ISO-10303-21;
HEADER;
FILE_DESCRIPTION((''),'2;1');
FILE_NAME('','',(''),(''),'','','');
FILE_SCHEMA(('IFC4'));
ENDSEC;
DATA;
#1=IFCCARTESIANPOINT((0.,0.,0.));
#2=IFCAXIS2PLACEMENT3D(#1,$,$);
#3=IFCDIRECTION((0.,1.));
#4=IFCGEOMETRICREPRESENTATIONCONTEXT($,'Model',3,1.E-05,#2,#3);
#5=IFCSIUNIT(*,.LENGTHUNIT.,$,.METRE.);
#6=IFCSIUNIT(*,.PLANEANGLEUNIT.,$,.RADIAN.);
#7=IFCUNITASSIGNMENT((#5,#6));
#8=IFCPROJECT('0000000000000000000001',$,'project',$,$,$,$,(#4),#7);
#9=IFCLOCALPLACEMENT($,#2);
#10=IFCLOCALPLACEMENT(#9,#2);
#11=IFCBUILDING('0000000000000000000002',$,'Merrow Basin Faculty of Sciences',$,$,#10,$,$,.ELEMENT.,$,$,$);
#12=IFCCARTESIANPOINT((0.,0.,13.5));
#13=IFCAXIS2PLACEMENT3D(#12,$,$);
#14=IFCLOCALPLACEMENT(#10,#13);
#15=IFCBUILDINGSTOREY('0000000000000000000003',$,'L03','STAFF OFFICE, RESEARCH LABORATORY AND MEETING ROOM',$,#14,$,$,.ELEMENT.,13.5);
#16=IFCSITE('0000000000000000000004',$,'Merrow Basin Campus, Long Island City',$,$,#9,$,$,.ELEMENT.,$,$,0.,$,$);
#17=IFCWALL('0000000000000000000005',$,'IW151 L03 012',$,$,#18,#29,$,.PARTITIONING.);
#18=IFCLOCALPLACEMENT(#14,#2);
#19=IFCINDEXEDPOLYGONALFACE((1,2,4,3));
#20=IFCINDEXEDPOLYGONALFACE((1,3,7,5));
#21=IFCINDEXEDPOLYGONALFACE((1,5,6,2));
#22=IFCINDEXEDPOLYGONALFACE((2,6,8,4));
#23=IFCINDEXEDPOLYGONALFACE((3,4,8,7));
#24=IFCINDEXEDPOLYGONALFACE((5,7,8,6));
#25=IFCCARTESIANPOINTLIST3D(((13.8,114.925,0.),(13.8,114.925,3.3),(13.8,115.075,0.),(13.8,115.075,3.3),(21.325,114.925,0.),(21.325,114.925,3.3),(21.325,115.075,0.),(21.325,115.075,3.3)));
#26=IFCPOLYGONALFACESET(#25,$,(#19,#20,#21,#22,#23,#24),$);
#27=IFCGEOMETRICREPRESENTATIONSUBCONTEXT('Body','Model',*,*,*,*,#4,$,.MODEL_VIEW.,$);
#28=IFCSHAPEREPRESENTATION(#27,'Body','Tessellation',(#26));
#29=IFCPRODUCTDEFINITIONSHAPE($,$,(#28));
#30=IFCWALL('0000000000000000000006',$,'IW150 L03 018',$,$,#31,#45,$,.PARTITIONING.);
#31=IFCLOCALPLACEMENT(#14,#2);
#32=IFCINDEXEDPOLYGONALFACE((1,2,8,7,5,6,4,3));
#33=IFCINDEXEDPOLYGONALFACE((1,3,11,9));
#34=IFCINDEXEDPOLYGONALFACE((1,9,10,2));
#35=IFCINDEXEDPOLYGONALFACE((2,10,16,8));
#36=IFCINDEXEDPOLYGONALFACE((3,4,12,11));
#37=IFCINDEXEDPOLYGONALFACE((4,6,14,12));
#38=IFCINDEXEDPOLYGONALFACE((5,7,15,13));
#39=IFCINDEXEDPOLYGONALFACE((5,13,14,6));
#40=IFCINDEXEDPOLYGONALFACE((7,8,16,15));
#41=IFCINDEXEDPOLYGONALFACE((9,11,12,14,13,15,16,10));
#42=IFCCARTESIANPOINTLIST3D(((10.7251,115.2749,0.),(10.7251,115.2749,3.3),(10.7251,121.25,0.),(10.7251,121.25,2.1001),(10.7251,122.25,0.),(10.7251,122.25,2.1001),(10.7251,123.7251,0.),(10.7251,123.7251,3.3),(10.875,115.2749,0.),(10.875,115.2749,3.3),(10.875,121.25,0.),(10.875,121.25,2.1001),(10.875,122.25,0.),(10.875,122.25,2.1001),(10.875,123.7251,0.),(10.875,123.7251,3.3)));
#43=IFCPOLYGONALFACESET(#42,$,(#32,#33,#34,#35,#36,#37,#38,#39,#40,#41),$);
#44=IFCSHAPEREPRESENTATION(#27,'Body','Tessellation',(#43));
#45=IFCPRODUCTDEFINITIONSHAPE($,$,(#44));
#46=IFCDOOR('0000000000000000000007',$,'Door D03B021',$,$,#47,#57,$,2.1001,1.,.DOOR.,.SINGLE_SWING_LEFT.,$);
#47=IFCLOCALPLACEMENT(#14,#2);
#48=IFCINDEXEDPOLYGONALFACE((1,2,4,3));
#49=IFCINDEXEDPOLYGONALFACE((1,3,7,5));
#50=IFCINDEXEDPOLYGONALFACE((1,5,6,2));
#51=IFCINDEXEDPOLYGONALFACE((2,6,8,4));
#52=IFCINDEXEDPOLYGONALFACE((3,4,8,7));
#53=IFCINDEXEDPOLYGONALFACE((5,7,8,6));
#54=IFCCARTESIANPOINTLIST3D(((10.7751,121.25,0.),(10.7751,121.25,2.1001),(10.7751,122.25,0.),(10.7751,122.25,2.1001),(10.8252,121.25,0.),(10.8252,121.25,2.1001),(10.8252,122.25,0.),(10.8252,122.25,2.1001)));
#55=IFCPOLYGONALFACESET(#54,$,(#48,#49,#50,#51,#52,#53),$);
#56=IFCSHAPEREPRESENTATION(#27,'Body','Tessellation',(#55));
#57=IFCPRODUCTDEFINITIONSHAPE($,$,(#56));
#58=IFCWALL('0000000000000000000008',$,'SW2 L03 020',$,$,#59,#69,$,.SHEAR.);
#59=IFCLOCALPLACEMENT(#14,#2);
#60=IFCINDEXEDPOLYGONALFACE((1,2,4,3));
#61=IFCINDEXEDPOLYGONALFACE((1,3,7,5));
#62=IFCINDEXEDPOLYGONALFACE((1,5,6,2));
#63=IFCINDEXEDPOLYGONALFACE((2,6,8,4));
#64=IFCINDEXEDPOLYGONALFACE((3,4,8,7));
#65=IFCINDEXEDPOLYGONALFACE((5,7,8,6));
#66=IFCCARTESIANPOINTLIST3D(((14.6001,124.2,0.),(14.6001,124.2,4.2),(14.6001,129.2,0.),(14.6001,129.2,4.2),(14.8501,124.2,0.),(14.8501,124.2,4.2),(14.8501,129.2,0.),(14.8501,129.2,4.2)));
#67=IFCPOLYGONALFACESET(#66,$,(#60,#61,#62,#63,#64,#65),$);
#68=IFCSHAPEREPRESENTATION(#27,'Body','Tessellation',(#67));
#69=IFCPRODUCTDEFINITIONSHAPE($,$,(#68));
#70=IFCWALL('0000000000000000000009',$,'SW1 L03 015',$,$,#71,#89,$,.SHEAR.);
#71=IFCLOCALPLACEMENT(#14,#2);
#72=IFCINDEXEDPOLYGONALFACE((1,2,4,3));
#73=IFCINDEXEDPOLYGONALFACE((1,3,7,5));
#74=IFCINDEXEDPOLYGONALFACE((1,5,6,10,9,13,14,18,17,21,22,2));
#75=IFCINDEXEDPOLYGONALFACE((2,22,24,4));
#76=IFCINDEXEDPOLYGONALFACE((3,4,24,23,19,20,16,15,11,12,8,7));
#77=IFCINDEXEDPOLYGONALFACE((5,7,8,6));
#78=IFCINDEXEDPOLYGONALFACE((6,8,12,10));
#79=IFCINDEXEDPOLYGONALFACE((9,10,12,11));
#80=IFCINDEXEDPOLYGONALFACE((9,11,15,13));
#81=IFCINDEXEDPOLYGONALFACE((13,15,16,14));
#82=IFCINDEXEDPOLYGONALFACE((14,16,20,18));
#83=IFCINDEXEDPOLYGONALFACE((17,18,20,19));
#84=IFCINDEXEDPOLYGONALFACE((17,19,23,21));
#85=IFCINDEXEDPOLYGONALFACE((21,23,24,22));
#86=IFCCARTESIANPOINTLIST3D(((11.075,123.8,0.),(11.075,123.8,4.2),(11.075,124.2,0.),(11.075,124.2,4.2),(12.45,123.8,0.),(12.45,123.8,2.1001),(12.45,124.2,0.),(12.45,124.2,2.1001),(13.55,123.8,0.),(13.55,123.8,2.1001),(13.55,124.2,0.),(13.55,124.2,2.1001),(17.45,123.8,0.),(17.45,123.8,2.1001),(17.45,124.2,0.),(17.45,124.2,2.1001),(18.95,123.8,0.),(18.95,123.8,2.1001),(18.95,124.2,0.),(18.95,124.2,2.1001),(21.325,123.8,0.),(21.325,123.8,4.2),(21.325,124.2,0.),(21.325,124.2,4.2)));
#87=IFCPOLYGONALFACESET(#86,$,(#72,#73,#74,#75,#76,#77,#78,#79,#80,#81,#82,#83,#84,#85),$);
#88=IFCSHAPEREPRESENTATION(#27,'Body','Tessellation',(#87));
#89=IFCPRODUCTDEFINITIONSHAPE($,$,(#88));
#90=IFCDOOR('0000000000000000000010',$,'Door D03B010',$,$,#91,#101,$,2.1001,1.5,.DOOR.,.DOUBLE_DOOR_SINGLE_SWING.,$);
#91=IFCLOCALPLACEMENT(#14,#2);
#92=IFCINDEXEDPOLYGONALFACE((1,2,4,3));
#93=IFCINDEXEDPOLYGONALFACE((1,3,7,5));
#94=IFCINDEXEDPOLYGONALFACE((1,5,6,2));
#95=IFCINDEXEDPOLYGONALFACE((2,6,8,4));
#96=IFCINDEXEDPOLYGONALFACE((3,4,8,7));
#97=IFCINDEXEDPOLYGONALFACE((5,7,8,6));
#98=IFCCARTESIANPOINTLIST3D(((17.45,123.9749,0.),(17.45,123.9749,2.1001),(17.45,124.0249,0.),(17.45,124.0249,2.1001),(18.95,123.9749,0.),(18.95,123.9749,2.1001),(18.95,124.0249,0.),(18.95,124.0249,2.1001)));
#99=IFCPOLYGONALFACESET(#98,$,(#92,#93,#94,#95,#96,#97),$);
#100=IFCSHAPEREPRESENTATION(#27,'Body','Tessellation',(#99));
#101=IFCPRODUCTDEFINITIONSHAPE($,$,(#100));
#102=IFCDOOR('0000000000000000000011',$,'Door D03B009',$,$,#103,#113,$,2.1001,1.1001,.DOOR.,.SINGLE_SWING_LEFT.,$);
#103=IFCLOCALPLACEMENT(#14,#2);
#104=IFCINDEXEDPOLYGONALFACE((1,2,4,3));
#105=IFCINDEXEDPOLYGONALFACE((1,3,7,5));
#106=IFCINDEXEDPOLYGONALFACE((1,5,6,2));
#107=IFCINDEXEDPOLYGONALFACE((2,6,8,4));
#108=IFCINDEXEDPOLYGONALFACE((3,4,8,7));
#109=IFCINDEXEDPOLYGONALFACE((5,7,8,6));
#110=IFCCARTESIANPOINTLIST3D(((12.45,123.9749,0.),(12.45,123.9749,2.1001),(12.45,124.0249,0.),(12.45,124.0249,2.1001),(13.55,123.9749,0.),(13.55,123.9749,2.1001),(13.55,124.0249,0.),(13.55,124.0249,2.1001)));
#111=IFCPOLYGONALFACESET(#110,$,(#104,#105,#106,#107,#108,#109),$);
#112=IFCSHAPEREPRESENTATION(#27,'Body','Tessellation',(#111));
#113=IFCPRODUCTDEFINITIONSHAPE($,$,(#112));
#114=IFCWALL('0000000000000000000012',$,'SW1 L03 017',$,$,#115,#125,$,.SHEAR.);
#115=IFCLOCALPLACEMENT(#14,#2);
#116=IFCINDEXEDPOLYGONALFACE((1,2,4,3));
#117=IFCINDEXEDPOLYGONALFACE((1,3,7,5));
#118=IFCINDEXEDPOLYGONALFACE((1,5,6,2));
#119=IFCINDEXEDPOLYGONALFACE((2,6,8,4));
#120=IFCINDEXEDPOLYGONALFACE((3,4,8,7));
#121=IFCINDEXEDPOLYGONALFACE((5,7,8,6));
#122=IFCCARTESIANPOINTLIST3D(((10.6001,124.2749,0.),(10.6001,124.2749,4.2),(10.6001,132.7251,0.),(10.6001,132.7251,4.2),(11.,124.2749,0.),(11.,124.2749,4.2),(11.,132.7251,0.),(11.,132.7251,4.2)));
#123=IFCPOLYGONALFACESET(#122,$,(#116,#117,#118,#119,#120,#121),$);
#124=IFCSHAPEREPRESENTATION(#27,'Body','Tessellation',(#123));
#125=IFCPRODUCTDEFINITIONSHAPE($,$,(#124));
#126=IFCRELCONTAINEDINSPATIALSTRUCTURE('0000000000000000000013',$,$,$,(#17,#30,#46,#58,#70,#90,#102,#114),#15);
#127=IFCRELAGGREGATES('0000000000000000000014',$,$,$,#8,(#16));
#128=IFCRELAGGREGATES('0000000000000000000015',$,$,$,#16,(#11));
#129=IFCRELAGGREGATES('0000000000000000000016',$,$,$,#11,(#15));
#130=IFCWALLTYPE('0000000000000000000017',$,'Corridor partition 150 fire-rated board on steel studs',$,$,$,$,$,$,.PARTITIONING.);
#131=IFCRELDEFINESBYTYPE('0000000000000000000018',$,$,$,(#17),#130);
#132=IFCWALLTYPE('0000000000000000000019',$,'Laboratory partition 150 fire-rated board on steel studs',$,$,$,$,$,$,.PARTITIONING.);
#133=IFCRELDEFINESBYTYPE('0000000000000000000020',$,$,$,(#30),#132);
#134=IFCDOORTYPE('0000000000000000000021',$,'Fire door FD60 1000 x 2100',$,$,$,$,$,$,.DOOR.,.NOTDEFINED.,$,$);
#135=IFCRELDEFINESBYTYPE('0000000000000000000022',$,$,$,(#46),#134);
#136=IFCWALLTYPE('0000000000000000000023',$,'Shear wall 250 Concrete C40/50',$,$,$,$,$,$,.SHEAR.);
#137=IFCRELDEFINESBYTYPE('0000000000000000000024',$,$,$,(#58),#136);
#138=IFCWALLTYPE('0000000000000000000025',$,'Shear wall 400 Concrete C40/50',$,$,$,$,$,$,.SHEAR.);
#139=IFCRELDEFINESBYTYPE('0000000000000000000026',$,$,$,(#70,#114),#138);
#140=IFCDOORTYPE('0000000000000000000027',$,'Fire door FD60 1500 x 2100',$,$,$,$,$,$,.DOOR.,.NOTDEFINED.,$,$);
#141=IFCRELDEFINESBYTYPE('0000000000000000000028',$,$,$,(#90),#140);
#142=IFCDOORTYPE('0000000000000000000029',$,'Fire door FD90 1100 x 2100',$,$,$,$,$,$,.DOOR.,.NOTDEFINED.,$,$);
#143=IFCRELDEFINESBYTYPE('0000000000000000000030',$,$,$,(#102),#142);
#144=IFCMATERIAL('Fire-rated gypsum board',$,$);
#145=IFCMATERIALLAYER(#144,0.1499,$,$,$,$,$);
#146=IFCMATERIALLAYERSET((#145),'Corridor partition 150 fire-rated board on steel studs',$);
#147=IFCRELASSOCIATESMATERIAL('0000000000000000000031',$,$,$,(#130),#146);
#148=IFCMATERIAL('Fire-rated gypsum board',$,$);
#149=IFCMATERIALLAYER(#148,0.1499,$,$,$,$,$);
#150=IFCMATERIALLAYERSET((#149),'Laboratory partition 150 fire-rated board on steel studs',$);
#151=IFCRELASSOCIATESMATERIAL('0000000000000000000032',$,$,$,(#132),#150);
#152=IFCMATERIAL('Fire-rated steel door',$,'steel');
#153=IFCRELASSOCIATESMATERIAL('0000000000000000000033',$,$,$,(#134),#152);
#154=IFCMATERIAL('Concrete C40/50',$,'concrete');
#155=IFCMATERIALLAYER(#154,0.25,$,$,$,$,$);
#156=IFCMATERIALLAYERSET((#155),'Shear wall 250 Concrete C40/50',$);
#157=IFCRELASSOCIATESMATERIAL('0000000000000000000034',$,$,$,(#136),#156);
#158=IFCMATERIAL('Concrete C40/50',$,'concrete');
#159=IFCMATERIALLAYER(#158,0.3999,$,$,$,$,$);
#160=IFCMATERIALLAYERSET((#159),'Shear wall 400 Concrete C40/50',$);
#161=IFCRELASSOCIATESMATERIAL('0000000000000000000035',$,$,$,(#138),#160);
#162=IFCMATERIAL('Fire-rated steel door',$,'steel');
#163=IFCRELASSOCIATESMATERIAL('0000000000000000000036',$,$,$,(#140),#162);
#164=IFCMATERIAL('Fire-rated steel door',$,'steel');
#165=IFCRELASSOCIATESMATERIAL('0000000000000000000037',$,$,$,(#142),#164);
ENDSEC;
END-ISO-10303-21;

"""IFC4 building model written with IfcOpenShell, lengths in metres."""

from ifc_helpers import new_model, si_unit, direction, frame, frame_2d, origin, place, context, subcontext, project, spatial, rectangle, extrude, material, layer, layer_set, type_object, element, fill, save


model = new_model("IFC4")

# Units and contexts
model_context = context("Model", 3, precision=1e-05, world=origin(), true_north=direction((0.0, 1.0)))
body_context = subcontext(model_context, "Body", "Model", "MODEL_VIEW")
ifc_project = project(units=[si_unit("LENGTHUNIT", "METRE"), si_unit("PLANEANGLEUNIT", "RADIAN")], contexts=[model_context])

# Site, building, storey
site_placement = place(None, origin())
site = spatial("IfcSite", under=ifc_project, at=site_placement, Name="Merrow Basin Campus, Long Island City", CompositionType="ELEMENT", RefElevation=0.0)
building_placement = place(site_placement, origin())
building = spatial("IfcBuilding", under=site, at=building_placement, Name="Merrow Basin Faculty of Sciences", CompositionType="ELEMENT")
storey_placement = place(building_placement, frame((0.0, 0.0, 13.5)))
storey = spatial("IfcBuildingStorey", under=building, at=storey_placement, Name="L03", Description="STAFF OFFICE, RESEARCH LABORATORY AND MEETING ROOM", CompositionType="ELEMENT", Elevation=13.5)

# Wall
ifc_material_1 = material(Name="Fire-rated gypsum board")
ifc_layer_1 = layer(ifc_material_1, 0.1499)
ifc_layer_set_1 = layer_set([ifc_layer_1], Name="Corridor partition 150 fire-rated board on steel studs")
wall_type_1 = type_object("IfcWallType", Name="Corridor partition 150 fire-rated board on steel studs", PredefinedType="PARTITIONING", material=ifc_layer_set_1)
wall_1_placement = place(storey_placement, frame((13.8, 115.0, 0.0), z_axis=(0.0, 0.0, 1.0), x_axis=(1.0, 0.0, 0.0)))
element("IfcWall", 1, at=wall_1_placement, inside=storey, type_object=wall_type_1, Name="IW151 L03 012", PredefinedType="PARTITIONING", context=body_context, shape_type="SweptSolid", body=[
    extrude(rectangle(XDim=7.5249, YDim=0.1499, at=frame_2d((3.7625, 0.0))), origin(), (0.0, 0.0, 1.0), 3.3),
])

# Wall, opening, door
ifc_material_2 = material(Name="Fire-rated gypsum board")
ifc_layer_2 = layer(ifc_material_2, 0.1499)
ifc_layer_set_2 = layer_set([ifc_layer_2], Name="Laboratory partition 150 fire-rated board on steel studs")
wall_type_2 = type_object("IfcWallType", Name="Laboratory partition 150 fire-rated board on steel studs", PredefinedType="PARTITIONING", material=ifc_layer_set_2)
wall_2_placement = place(storey_placement, frame((10.8, 115.2749, 0.0), z_axis=(0.0, 0.0, 1.0), x_axis=(0.0, 1.0, 0.0)))
wall_2 = element("IfcWall", 2, at=wall_2_placement, inside=storey, type_object=wall_type_2, Name="IW150 L03 018", PredefinedType="PARTITIONING", context=body_context, shape_type="SweptSolid", body=[
    extrude(rectangle(XDim=8.4502, YDim=0.1499, at=frame_2d((4.2251, 0.0))), origin(), (0.0, 0.0, 1.0), 3.3),
])
opening_1_placement = place(wall_2_placement, frame((5.9751, 0.0, 0.0)))
opening_1 = element("IfcOpeningElement", 3, at=opening_1_placement, cuts=wall_2, PredefinedType="OPENING", context=body_context, shape_type="SweptSolid", body=[
    extrude(rectangle(XDim=1.0, YDim=2.1001, at=frame_2d((0.5, 1.05))), frame((0.0, 0.085, 0.0), z_axis=(0.0, -1.0, 0.0), x_axis=(1.0, 0.0, 0.0)), (0.0, 0.0, 1.0), 0.1699),
])
ifc_material_3 = material(Name="Fire-rated steel door", Category="steel")
door_type_1 = type_object("IfcDoorType", Name="Fire door FD60 1000 x 2100", OperationType="NOTDEFINED", PredefinedType="DOOR", material=ifc_material_3)
door_1_placement = place(opening_1_placement, origin())
door_1 = element("IfcDoor", 4, at=door_1_placement, inside=storey, type_object=door_type_1, Name="Door D03B021", OperationType="SINGLE_SWING_LEFT", OverallHeight=2.1001, OverallWidth=1.0, PredefinedType="DOOR", context=body_context, shape_type="SweptSolid", body=[
    extrude(rectangle(XDim=1.0, YDim=2.1001, at=frame_2d((0.5, 1.05))), frame((0.0, 0.0249, 0.0), z_axis=(0.0, -1.0, 0.0), x_axis=(1.0, 0.0, 0.0)), (0.0, 0.0, 1.0), 0.05),
])
fill(opening_1, door_1)

# Wall
ifc_material_4 = material(Name="Concrete C40/50", Category="concrete")
ifc_layer_3 = layer(ifc_material_4, 0.25)
ifc_layer_set_3 = layer_set([ifc_layer_3], Name="Shear wall 250 Concrete C40/50")
wall_type_3 = type_object("IfcWallType", Name="Shear wall 250 Concrete C40/50", PredefinedType="SHEAR", material=ifc_layer_set_3)
wall_3_placement = place(storey_placement, frame((14.7251, 124.2, 0.0), z_axis=(0.0, 0.0, 1.0), x_axis=(0.0, 1.0, 0.0)))
element("IfcWall", 5, at=wall_3_placement, inside=storey, type_object=wall_type_3, Name="SW2 L03 020", PredefinedType="SHEAR", context=body_context, shape_type="SweptSolid", body=[
    extrude(rectangle(XDim=5.0, YDim=0.25, at=frame_2d((2.5, 0.0))), origin(), (0.0, 0.0, 1.0), 4.2),
])

# Wall, openings, doors
ifc_material_5 = material(Name="Concrete C40/50", Category="concrete")
ifc_layer_4 = layer(ifc_material_5, 0.3999)
ifc_layer_set_4 = layer_set([ifc_layer_4], Name="Shear wall 400 Concrete C40/50")
wall_type_4 = type_object("IfcWallType", Name="Shear wall 400 Concrete C40/50", PredefinedType="SHEAR", material=ifc_layer_set_4)
wall_4_placement = place(storey_placement, frame((11.075, 124.0, 0.0), z_axis=(0.0, 0.0, 1.0), x_axis=(1.0, 0.0, 0.0)))
wall_4 = element("IfcWall", 6, at=wall_4_placement, inside=storey, type_object=wall_type_4, Name="SW1 L03 015", PredefinedType="SHEAR", context=body_context, shape_type="SweptSolid", body=[
    extrude(rectangle(XDim=10.25, YDim=0.3999, at=frame_2d((5.125, 0.0))), origin(), (0.0, 0.0, 1.0), 4.2),
])
opening_2_placement = place(wall_4_placement, frame((1.375, 0.0, 0.0)))
opening_2 = element("IfcOpeningElement", 7, at=opening_2_placement, cuts=wall_4, PredefinedType="OPENING", context=body_context, shape_type="SweptSolid", body=[
    extrude(rectangle(XDim=1.1001, YDim=2.1001, at=frame_2d((0.55, 1.05))), frame((0.0, 0.21, 0.0), z_axis=(0.0, -1.0, 0.0), x_axis=(1.0, 0.0, 0.0)), (0.0, 0.0, 1.0), 0.4199),
])
opening_3_placement = place(wall_4_placement, frame((6.375, 0.0, 0.0)))
opening_3 = element("IfcOpeningElement", 8, at=opening_3_placement, cuts=wall_4, PredefinedType="OPENING", context=body_context, shape_type="SweptSolid", body=[
    extrude(rectangle(XDim=1.5, YDim=2.1001, at=frame_2d((0.75, 1.05))), frame((0.0, 0.21, 0.0), z_axis=(0.0, -1.0, 0.0), x_axis=(1.0, 0.0, 0.0)), (0.0, 0.0, 1.0), 0.4199),
])
ifc_material_6 = material(Name="Fire-rated steel door", Category="steel")
door_type_2 = type_object("IfcDoorType", Name="Fire door FD60 1500 x 2100", OperationType="NOTDEFINED", PredefinedType="DOOR", material=ifc_material_6)
door_2_placement = place(opening_3_placement, origin())
door_2 = element("IfcDoor", 9, at=door_2_placement, inside=storey, type_object=door_type_2, Name="Door D03B010", OperationType="DOUBLE_DOOR_SINGLE_SWING", OverallHeight=2.1001, OverallWidth=1.5, PredefinedType="DOOR", context=body_context, shape_type="SweptSolid", body=[
    extrude(rectangle(XDim=1.5, YDim=2.1001, at=frame_2d((0.75, 1.05))), frame((0.0, 0.0249, 0.0), z_axis=(0.0, -1.0, 0.0), x_axis=(1.0, 0.0, 0.0)), (0.0, 0.0, 1.0), 0.05),
])
fill(opening_3, door_2)
ifc_material_7 = material(Name="Fire-rated steel door", Category="steel")
door_type_3 = type_object("IfcDoorType", Name="Fire door FD90 1100 x 2100", OperationType="NOTDEFINED", PredefinedType="DOOR", material=ifc_material_7)
door_3_placement = place(opening_2_placement, origin())
door_3 = element("IfcDoor", 10, at=door_3_placement, inside=storey, type_object=door_type_3, Name="Door D03B009", OperationType="SINGLE_SWING_LEFT", OverallHeight=2.1001, OverallWidth=1.1001, PredefinedType="DOOR", context=body_context, shape_type="SweptSolid", body=[
    extrude(rectangle(XDim=1.1001, YDim=2.1001, at=frame_2d((0.55, 1.05))), frame((0.0, 0.0249, 0.0), z_axis=(0.0, -1.0, 0.0), x_axis=(1.0, 0.0, 0.0)), (0.0, 0.0, 1.0), 0.05),
])
fill(opening_2, door_3)

# Wall
wall_5_placement = place(storey_placement, frame((10.8, 124.2749, 0.0), z_axis=(0.0, 0.0, 1.0), x_axis=(0.0, 1.0, 0.0)))
element("IfcWall", 11, at=wall_5_placement, inside=storey, type_object=wall_type_4, Name="SW1 L03 017", PredefinedType="SHEAR", context=body_context, shape_type="SweptSolid", body=[
    extrude(rectangle(XDim=8.4502, YDim=0.3999, at=frame_2d((4.2251, 0.0))), origin(), (0.0, 0.0, 1.0), 4.2),
])

save(model, "model.ifc")
